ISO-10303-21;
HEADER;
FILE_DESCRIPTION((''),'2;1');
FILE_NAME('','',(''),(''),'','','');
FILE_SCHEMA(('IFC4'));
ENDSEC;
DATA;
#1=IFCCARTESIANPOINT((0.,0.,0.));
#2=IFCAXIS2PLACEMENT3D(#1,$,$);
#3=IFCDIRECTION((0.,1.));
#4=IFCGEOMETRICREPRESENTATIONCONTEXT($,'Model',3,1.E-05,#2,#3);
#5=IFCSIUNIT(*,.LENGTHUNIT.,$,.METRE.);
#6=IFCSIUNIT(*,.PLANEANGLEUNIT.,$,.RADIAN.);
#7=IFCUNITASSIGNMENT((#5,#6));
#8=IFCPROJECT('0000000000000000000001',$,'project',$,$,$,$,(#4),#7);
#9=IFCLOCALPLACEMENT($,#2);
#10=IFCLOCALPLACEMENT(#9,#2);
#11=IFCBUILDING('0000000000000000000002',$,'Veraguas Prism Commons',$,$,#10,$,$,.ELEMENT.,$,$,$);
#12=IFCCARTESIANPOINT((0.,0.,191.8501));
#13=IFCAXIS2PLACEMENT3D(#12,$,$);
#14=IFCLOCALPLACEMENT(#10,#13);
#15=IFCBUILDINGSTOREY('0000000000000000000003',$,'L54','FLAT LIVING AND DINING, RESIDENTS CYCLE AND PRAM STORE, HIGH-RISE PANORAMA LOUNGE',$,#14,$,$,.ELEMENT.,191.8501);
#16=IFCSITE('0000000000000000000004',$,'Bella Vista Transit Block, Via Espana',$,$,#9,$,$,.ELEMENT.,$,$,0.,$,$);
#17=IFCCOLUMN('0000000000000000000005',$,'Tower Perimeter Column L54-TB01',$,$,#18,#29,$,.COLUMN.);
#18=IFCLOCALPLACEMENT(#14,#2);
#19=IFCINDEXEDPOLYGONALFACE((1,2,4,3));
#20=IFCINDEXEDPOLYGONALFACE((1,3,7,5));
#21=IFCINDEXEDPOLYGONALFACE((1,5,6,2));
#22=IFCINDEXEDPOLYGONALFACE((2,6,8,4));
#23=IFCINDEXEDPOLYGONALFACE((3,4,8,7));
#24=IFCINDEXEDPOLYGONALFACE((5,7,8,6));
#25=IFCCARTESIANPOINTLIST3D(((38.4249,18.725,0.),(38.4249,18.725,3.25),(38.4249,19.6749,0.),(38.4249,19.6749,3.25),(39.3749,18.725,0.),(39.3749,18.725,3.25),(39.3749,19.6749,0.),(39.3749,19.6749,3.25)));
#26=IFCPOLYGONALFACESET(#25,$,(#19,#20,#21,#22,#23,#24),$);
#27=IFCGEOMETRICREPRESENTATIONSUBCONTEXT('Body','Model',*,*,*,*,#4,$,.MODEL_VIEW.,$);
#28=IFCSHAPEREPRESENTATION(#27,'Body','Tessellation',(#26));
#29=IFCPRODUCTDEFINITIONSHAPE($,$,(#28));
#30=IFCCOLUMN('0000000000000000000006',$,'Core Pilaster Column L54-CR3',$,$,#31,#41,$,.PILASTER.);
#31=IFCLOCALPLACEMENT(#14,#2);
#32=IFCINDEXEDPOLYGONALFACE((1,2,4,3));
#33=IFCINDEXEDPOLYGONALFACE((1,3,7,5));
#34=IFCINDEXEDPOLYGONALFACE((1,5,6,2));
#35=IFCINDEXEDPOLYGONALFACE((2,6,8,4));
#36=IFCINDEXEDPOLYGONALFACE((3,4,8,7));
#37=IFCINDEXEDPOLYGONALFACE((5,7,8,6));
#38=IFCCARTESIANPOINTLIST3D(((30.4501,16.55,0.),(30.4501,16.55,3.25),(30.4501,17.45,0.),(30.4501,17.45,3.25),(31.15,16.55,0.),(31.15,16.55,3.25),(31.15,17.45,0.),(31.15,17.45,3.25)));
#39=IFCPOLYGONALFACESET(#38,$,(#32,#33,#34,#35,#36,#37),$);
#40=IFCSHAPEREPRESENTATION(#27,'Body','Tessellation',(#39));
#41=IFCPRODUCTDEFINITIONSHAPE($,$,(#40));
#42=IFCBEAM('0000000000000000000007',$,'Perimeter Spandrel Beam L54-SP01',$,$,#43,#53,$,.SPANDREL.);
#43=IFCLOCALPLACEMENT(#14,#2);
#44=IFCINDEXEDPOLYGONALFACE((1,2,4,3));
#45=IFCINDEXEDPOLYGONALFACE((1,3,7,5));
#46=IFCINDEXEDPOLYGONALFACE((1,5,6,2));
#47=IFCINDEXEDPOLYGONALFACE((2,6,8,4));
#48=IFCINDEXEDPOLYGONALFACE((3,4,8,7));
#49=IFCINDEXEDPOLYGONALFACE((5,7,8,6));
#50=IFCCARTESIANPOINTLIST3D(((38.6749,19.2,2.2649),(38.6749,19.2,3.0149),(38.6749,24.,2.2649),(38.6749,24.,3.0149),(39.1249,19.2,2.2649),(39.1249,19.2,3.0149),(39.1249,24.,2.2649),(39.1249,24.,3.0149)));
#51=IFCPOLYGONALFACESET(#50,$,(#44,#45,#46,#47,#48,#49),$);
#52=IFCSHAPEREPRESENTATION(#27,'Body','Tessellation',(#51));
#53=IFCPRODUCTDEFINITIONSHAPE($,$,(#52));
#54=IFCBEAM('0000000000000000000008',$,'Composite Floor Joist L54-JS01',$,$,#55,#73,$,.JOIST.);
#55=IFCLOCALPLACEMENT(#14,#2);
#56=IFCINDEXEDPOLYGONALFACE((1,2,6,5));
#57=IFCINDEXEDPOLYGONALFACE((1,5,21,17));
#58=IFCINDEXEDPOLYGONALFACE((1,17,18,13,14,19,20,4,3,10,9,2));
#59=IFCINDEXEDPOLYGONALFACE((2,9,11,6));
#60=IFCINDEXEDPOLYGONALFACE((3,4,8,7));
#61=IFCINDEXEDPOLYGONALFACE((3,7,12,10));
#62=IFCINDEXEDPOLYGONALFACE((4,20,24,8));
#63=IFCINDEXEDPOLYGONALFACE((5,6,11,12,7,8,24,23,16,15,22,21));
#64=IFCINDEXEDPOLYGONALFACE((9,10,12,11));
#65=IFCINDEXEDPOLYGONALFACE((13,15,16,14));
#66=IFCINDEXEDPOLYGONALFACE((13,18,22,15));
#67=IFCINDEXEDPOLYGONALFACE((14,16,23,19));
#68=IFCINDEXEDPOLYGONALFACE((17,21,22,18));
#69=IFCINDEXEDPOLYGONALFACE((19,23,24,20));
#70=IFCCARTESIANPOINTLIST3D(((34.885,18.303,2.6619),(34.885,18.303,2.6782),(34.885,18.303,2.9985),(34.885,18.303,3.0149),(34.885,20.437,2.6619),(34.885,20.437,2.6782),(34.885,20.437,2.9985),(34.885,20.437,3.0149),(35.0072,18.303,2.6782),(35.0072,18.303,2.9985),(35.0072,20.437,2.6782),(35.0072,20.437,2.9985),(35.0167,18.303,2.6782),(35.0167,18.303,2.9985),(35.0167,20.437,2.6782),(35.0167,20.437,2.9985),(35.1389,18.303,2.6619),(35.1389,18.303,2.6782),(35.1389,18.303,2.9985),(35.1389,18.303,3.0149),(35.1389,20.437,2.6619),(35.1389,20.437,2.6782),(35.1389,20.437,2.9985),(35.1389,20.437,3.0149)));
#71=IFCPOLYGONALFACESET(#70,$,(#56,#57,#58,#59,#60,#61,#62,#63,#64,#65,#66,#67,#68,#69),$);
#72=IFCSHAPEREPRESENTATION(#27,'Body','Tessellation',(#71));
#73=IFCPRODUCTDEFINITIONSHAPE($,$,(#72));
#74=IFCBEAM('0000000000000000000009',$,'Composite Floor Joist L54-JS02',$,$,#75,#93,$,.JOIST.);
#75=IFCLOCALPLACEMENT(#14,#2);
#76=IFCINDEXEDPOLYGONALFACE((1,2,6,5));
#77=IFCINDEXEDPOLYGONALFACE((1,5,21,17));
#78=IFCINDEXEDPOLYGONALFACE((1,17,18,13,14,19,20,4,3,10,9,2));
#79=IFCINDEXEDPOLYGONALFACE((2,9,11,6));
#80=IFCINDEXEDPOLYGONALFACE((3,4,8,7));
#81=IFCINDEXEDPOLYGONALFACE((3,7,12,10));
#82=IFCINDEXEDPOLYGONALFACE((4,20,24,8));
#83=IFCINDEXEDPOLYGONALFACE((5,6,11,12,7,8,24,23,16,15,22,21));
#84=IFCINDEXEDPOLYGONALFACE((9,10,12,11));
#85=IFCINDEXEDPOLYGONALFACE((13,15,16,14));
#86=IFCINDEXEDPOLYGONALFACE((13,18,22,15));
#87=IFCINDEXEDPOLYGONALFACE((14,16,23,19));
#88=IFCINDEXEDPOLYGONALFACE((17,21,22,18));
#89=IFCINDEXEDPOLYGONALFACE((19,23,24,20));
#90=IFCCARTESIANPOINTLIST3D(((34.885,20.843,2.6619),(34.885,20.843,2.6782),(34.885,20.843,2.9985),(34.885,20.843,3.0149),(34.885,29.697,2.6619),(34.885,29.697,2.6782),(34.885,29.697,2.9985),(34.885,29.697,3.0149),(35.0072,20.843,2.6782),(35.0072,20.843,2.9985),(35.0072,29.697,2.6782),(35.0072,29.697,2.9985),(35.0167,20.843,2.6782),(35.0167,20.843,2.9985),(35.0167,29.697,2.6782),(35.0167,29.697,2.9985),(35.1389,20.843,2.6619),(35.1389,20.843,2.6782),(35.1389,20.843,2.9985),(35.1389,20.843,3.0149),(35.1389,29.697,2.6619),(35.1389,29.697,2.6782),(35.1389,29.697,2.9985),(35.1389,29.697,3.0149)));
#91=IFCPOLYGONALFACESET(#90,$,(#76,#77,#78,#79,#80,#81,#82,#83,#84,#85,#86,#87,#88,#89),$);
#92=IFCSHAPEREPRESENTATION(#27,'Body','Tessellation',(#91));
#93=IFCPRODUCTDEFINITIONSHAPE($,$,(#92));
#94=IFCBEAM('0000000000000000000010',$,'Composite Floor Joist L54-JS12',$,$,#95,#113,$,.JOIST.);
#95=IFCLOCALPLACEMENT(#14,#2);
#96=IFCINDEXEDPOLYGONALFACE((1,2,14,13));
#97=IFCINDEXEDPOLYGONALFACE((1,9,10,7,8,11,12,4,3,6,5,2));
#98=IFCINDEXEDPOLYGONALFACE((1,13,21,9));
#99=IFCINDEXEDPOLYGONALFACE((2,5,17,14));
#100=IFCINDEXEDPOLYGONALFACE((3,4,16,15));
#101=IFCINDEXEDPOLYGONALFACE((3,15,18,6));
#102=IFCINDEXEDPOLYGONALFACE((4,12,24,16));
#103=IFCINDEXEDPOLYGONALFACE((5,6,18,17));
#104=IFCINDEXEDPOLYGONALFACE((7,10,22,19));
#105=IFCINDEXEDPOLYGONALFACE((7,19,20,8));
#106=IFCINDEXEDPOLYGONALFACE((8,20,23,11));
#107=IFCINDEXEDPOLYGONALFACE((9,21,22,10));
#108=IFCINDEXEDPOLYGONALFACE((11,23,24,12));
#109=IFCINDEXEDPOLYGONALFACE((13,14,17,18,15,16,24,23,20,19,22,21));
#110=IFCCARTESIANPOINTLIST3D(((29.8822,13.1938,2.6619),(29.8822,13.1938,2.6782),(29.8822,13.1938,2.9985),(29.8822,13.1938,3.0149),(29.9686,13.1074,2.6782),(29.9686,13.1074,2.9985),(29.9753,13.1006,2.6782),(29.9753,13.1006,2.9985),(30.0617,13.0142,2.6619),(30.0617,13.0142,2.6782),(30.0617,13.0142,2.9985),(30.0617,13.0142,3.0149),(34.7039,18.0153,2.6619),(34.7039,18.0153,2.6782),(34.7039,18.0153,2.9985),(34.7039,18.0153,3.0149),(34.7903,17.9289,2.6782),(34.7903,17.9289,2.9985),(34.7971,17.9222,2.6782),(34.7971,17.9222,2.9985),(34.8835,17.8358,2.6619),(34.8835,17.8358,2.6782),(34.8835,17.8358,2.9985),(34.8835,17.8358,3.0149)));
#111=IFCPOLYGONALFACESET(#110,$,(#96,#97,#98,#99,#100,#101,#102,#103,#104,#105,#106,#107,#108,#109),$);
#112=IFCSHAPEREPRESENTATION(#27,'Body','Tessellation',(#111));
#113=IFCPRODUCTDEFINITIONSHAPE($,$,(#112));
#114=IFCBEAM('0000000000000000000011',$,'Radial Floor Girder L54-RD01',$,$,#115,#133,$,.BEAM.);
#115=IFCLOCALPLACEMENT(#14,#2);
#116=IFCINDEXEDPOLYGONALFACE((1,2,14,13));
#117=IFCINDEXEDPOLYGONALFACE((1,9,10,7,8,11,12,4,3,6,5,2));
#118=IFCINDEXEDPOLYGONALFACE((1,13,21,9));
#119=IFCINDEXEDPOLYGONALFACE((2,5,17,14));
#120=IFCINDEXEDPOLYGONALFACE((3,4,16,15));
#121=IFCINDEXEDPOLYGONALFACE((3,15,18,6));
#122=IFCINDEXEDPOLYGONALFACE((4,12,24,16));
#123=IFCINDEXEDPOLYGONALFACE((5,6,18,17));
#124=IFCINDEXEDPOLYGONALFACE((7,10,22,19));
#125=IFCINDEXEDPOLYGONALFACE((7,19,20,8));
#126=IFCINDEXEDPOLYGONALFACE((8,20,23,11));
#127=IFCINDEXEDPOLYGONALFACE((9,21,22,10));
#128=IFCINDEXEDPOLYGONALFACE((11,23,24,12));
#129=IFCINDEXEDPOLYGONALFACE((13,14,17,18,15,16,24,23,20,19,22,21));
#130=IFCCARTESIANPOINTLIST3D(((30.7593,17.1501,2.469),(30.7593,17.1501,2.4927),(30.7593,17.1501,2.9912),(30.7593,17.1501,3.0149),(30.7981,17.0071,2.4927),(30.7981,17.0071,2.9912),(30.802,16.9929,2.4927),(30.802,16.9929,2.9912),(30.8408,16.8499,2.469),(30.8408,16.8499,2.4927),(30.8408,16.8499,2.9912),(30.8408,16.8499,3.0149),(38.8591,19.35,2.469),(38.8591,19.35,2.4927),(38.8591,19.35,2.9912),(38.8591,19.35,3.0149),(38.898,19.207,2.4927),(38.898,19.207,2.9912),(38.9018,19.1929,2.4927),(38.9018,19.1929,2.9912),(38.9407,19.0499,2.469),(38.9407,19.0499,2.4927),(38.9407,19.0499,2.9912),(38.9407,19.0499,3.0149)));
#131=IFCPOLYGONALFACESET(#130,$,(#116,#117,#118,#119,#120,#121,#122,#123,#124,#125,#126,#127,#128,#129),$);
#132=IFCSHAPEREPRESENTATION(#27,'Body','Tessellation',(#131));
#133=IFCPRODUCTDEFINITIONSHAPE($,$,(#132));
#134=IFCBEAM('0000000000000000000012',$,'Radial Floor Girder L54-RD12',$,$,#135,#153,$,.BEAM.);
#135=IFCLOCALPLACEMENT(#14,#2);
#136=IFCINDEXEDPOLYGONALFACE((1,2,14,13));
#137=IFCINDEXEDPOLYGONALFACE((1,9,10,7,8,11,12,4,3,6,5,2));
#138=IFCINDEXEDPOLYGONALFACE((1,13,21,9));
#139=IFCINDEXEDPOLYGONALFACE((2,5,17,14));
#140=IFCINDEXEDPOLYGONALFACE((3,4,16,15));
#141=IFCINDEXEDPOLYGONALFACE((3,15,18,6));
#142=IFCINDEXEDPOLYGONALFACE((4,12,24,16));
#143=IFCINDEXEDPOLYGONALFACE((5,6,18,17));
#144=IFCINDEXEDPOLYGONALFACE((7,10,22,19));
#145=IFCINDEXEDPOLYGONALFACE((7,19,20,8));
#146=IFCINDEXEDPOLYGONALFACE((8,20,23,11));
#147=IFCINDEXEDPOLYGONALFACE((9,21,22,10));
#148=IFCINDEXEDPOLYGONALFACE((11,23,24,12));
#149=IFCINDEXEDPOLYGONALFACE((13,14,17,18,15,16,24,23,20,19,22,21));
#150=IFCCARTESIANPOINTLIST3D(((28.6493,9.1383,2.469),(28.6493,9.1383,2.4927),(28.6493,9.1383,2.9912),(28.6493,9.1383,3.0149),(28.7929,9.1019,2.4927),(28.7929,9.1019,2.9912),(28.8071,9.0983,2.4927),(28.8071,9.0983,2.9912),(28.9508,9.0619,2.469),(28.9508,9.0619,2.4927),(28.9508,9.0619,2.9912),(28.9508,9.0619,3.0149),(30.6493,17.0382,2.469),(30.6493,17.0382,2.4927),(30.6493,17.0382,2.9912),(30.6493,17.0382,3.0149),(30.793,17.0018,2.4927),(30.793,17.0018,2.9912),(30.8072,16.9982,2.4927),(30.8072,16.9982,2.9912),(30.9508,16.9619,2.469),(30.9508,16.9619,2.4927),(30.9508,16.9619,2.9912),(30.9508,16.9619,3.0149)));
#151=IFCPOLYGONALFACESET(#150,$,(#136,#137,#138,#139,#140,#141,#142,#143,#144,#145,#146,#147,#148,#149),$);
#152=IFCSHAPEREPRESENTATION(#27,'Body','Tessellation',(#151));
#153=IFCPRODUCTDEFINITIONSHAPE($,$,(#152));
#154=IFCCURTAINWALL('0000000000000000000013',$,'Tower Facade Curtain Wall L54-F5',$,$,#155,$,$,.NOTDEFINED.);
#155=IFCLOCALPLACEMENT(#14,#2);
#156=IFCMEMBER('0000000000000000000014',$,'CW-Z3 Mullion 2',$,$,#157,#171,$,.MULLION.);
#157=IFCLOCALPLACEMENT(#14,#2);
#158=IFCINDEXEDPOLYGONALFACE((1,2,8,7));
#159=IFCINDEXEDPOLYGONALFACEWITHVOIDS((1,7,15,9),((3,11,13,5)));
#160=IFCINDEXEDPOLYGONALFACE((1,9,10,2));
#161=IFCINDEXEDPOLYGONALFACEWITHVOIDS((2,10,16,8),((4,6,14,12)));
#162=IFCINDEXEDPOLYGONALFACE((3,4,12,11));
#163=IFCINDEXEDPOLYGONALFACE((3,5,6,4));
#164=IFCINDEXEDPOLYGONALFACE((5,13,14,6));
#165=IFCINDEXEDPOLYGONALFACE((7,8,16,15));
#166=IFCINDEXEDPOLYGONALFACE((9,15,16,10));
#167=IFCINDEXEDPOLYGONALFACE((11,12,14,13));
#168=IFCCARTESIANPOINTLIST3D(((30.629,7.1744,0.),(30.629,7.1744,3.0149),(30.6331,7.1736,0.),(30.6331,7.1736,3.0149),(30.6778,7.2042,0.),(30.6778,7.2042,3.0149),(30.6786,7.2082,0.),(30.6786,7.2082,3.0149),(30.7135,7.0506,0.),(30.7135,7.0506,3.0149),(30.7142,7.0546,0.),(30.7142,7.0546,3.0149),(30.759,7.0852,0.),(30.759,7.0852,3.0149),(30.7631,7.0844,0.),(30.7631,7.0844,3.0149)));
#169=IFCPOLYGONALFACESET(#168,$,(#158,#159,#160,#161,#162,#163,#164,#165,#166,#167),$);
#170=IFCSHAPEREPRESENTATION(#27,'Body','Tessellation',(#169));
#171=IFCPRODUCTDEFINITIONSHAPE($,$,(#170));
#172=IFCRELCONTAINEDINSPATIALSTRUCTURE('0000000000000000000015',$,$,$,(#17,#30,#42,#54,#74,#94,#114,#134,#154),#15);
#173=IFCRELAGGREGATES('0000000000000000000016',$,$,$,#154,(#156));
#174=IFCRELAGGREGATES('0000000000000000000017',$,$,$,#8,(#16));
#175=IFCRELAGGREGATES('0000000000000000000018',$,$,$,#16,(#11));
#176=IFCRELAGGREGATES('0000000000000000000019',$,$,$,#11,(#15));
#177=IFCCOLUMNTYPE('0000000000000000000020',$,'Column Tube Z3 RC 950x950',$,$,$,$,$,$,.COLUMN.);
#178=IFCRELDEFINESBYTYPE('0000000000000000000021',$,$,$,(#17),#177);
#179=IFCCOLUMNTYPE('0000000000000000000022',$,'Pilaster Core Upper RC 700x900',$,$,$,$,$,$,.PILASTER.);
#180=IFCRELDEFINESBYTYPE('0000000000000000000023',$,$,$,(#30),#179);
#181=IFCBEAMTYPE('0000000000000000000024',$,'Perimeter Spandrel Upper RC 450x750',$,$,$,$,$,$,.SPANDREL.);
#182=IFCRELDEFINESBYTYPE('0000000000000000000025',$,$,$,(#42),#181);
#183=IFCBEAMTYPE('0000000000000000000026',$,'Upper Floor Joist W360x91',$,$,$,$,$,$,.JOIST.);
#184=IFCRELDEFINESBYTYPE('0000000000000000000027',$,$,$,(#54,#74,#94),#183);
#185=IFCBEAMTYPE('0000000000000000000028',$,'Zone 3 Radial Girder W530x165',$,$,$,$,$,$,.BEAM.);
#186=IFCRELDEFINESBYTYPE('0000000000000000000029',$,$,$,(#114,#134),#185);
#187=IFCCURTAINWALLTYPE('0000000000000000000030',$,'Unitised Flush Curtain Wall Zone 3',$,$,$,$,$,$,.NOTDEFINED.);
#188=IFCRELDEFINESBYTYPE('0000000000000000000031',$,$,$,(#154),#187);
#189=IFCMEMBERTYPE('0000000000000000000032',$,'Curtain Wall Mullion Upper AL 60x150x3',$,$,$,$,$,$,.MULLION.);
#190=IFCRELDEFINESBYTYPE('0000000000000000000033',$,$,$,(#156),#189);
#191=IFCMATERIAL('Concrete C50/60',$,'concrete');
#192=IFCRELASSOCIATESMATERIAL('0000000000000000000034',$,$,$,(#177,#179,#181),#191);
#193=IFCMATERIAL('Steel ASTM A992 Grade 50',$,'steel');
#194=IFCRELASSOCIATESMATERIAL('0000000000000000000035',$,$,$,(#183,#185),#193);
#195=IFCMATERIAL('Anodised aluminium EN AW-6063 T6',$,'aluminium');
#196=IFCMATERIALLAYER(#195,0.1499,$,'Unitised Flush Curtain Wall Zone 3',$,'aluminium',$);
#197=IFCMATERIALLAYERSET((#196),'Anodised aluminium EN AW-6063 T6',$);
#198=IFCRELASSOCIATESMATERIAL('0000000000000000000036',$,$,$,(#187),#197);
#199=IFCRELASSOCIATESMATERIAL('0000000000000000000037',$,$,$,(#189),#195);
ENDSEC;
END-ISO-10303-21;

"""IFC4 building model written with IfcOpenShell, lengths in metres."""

from ifc_helpers import new_model, si_unit, direction, frame, origin, origin_2d, place, context, subcontext, project, spatial, rectangle, hollow_rectangle, i_section, extrude, source, transform, mapped, material, layer, layer_set, material_profile, profile_set, type_object, element, aggregate, save


model = new_model("IFC4")

# Units and contexts
model_context = context("Model", 3, precision=1e-05, world=origin(), true_north=direction((0.0, 1.0)))
body_context = subcontext(model_context, "Body", "Model", "MODEL_VIEW")
ifc_project = project(units=[si_unit("LENGTHUNIT", "METRE"), si_unit("PLANEANGLEUNIT", "RADIAN")], contexts=[model_context])

# Site, building, storey
site_placement = place(None, origin())
site = spatial("IfcSite", under=ifc_project, at=site_placement, Name="Bella Vista Transit Block, Via Espana", CompositionType="ELEMENT", RefElevation=0.0)
building_placement = place(site_placement, origin())
building = spatial("IfcBuilding", under=site, at=building_placement, Name="Veraguas Prism Commons", CompositionType="ELEMENT")
storey_placement = place(building_placement, frame((0.0, 0.0, 191.8501)))
storey = spatial("IfcBuildingStorey", under=building, at=storey_placement, Name="L54", Description="FLAT LIVING AND DINING, RESIDENTS CYCLE AND PRAM STORE, HIGH-RISE PANORAMA LOUNGE", CompositionType="ELEMENT", Elevation=191.8501)

# Columns
ifc_material_1 = material(Name="Concrete C50/60", Category="concrete")
ifc_material_profile_1 = material_profile(ifc_material_1, rectangle(XDim=0.95, YDim=0.95, at=origin_2d()), Name="RC950X950")
ifc_profile_set_1 = profile_set([ifc_material_profile_1], Name="Concrete C50/60")
column_type_1 = type_object("IfcColumnType", Name="Column Tube Z3 RC 950x950", PredefinedType="COLUMN", material=ifc_profile_set_1)
column_1_placement = place(storey_placement, frame((38.8999, 19.2, 0.0), z_axis=(0.0, 0.0, 1.0), x_axis=(1.0, 0.0, 0.0)))
element("IfcColumn", 1, at=column_1_placement, inside=storey, type_object=column_type_1, Name="Tower Perimeter Column L54-TB01", PredefinedType="COLUMN", context=body_context, shape_type="SweptSolid", body=[
    extrude(rectangle(XDim=0.95, YDim=0.95, at=origin_2d()), origin(), (0.0, 0.0, 1.0), 3.25),
])
ifc_material_profile_2 = material_profile(ifc_material_1, rectangle(XDim=0.7, YDim=0.8999, at=origin_2d()), Name="RC700X900")
ifc_profile_set_2 = profile_set([ifc_material_profile_2], Name="Concrete C50/60")
column_type_2 = type_object("IfcColumnType", Name="Pilaster Core Upper RC 700x900", PredefinedType="PILASTER", material=ifc_profile_set_2)
column_2_placement = place(storey_placement, frame((30.8, 17.0, 0.0), z_axis=(0.0, 0.0, 1.0), x_axis=(1.0, 0.0, 0.0)))
element("IfcColumn", 2, at=column_2_placement, inside=storey, type_object=column_type_2, Name="Core Pilaster Column L54-CR3", PredefinedType="PILASTER", context=body_context, shape_type="SweptSolid", body=[
    extrude(rectangle(XDim=0.7, YDim=0.8999, at=origin_2d()), origin(), (0.0, 0.0, 1.0), 3.25),
])

# Beams
ifc_material_profile_3 = material_profile(ifc_material_1, rectangle(XDim=0.45, YDim=0.75, at=origin_2d()), Name="RC450X750")
ifc_profile_set_3 = profile_set([ifc_material_profile_3], Name="Concrete C50/60")
beam_type_1 = type_object("IfcBeamType", Name="Perimeter Spandrel Upper RC 450x750", PredefinedType="SPANDREL", material=ifc_profile_set_3)
beam_1_placement = place(storey_placement, frame((38.8999, 19.2, 2.6399), z_axis=(0.0, 1.0, 0.0), x_axis=(-1.0, 0.0, 0.0)))
element("IfcBeam", 3, at=beam_1_placement, inside=storey, type_object=beam_type_1, Name="Perimeter Spandrel Beam L54-SP01", PredefinedType="SPANDREL", context=body_context, shape_type="SweptSolid", body=[
    extrude(rectangle(XDim=0.45, YDim=0.75, at=origin_2d()), origin(), (0.0, 0.0, 1.0), 4.8),
])
ifc_material_2 = material(Name="Steel ASTM A992 Grade 50", Category="steel")
ifc_material_profile_4 = material_profile(ifc_material_2, i_section(OverallWidth=0.2539, OverallDepth=0.353, WebThickness=0.0095, FlangeThickness=0.0164, at=origin_2d()), Name="W360X91")
ifc_profile_set_4 = profile_set([ifc_material_profile_4], Name="Steel ASTM A992 Grade 50")
beam_type_2 = type_object("IfcBeamType", Name="Upper Floor Joist W360x91", PredefinedType="JOIST", material=ifc_profile_set_4)
beam_2_placement = place(storey_placement, frame((35.012, 18.303, 2.8384), z_axis=(0.0, 1.0, 0.0), x_axis=(-1.0, 0.0, 0.0)))
element("IfcBeam", 4, at=beam_2_placement, inside=storey, type_object=beam_type_2, Name="Composite Floor Joist L54-JS01", PredefinedType="JOIST", context=body_context, shape_type="SweptSolid", body=[
    extrude(i_section(OverallWidth=0.2539, OverallDepth=0.353, WebThickness=0.0095, FlangeThickness=0.0164, at=origin_2d()), origin(), (0.0, 0.0, 1.0), 2.134),
])
beam_3_placement = place(storey_placement, frame((35.012, 20.843, 2.8384), z_axis=(0.0, 1.0, 0.0), x_axis=(-1.0, 0.0, 0.0)))
element("IfcBeam", 5, at=beam_3_placement, inside=storey, type_object=beam_type_2, Name="Composite Floor Joist L54-JS02", PredefinedType="JOIST", context=body_context, shape_type="SweptSolid", body=[
    extrude(i_section(OverallWidth=0.2539, OverallDepth=0.353, WebThickness=0.0095, FlangeThickness=0.0164, at=origin_2d()), origin(), (0.0, 0.0, 1.0), 8.854),
])
beam_4_placement = place(storey_placement, frame((29.9719, 13.104, 2.8384), z_axis=(0.707125, 0.707089, 0.0), x_axis=(-0.707089, 0.707125, 0.0)))
element("IfcBeam", 6, at=beam_4_placement, inside=storey, type_object=beam_type_2, Name="Composite Floor Joist L54-JS12", PredefinedType="JOIST", context=body_context, shape_type="SweptSolid", body=[
    extrude(i_section(OverallWidth=0.2539, OverallDepth=0.353, WebThickness=0.0095, FlangeThickness=0.0164, at=origin_2d()), origin(), (0.0, 0.0, 1.0), 6.8188),
])
ifc_material_profile_5 = material_profile(ifc_material_2, i_section(OverallWidth=0.311, OverallDepth=0.5459, WebThickness=0.0146, FlangeThickness=0.0237, at=origin_2d()), Name="W530X165")
ifc_profile_set_5 = profile_set([ifc_material_profile_5], Name="Steel ASTM A992 Grade 50")
beam_type_3 = type_object("IfcBeamType", Name="Zone 3 Radial Girder W530x165", PredefinedType="BEAM", material=ifc_profile_set_5)
beam_5_placement = place(storey_placement, frame((38.8999, 19.2, 2.7419), z_axis=(-0.965039, -0.262108, 0.0), x_axis=(0.262108, -0.965039, 0.0)))
element("IfcBeam", 7, at=beam_5_placement, inside=storey, type_object=beam_type_3, Name="Radial Floor Girder L54-RD01", PredefinedType="BEAM", context=body_context, shape_type="SweptSolid", body=[
    extrude(i_section(OverallWidth=0.311, OverallDepth=0.5459, WebThickness=0.0146, FlangeThickness=0.0237, at=origin_2d()), origin(), (0.0, 0.0, 1.0), 8.3933),
])
beam_6_placement = place(storey_placement, frame((28.8, 9.1001, 2.7419), z_axis=(0.245425, 0.969416, 0.0), x_axis=(-0.969416, 0.245425, 0.0)))
element("IfcBeam", 8, at=beam_6_placement, inside=storey, type_object=beam_type_3, Name="Radial Floor Girder L54-RD12", PredefinedType="BEAM", context=body_context, shape_type="SweptSolid", body=[
    extrude(i_section(OverallWidth=0.311, OverallDepth=0.5459, WebThickness=0.0146, FlangeThickness=0.0237, at=origin_2d()), origin(), (0.0, 0.0, 1.0), 8.1492),
])

# Curtain wall, member
ifc_material_3 = material(Name="Anodised aluminium EN AW-6063 T6", Category="aluminium")
ifc_layer_1 = layer(ifc_material_3, 0.1499, Name="Unitised Flush Curtain Wall Zone 3", Category="aluminium")
ifc_layer_set_1 = layer_set([ifc_layer_1], Name="Anodised aluminium EN AW-6063 T6")
curtain_wall_type = type_object("IfcCurtainWallType", Name="Unitised Flush Curtain Wall Zone 3", PredefinedType="NOTDEFINED", material=ifc_layer_set_1)
curtain_wall_1_placement = place(storey_placement, origin())
curtain_wall_1 = element("IfcCurtainWall", 9, at=curtain_wall_1_placement, inside=storey, type_object=curtain_wall_type, Name="Tower Facade Curtain Wall L54-F5", PredefinedType="NOTDEFINED")
ifc_material_profile_6 = material_profile(ifc_material_3, hollow_rectangle(XDim=0.0601, YDim=0.1499, WallThickness=0.0029, at=origin_2d()), Name="AL60X150X3")
ifc_profile_set_6 = profile_set([ifc_material_profile_6], Name="Anodised aluminium EN AW-6063 T6")
member_type_1 = type_object("IfcMemberType", Name="Curtain Wall Mullion Upper AL 60x150x3", PredefinedType="MULLION", material=ifc_profile_set_6)
shared_shape_1 = source(origin(), body_context, "Body", "SweptSolid", [
    extrude(hollow_rectangle(XDim=0.0601, YDim=0.1499, WallThickness=0.0029, at=origin_2d()), origin(), (0.0, 0.0, 1.0), 3.0149),
])
member_1_placement = place(storey_placement, frame((30.696, 7.1294, 0.0), z_axis=(0.0, 0.0, 1.0), x_axis=(0.826095, 0.56353, 0.0)))
member_1 = element("IfcMember", 10, at=member_1_placement, type_object=member_type_1, Name="CW-Z3 Mullion 2", PredefinedType="MULLION", context=body_context, shape_type="MappedRepresentation", body=[
    mapped(shared_shape_1, transform((0.0, 0.0, 0.0), scale=1.0)),
])

aggregate(curtain_wall_1, [member_1])

save(model, "model.ifc")
